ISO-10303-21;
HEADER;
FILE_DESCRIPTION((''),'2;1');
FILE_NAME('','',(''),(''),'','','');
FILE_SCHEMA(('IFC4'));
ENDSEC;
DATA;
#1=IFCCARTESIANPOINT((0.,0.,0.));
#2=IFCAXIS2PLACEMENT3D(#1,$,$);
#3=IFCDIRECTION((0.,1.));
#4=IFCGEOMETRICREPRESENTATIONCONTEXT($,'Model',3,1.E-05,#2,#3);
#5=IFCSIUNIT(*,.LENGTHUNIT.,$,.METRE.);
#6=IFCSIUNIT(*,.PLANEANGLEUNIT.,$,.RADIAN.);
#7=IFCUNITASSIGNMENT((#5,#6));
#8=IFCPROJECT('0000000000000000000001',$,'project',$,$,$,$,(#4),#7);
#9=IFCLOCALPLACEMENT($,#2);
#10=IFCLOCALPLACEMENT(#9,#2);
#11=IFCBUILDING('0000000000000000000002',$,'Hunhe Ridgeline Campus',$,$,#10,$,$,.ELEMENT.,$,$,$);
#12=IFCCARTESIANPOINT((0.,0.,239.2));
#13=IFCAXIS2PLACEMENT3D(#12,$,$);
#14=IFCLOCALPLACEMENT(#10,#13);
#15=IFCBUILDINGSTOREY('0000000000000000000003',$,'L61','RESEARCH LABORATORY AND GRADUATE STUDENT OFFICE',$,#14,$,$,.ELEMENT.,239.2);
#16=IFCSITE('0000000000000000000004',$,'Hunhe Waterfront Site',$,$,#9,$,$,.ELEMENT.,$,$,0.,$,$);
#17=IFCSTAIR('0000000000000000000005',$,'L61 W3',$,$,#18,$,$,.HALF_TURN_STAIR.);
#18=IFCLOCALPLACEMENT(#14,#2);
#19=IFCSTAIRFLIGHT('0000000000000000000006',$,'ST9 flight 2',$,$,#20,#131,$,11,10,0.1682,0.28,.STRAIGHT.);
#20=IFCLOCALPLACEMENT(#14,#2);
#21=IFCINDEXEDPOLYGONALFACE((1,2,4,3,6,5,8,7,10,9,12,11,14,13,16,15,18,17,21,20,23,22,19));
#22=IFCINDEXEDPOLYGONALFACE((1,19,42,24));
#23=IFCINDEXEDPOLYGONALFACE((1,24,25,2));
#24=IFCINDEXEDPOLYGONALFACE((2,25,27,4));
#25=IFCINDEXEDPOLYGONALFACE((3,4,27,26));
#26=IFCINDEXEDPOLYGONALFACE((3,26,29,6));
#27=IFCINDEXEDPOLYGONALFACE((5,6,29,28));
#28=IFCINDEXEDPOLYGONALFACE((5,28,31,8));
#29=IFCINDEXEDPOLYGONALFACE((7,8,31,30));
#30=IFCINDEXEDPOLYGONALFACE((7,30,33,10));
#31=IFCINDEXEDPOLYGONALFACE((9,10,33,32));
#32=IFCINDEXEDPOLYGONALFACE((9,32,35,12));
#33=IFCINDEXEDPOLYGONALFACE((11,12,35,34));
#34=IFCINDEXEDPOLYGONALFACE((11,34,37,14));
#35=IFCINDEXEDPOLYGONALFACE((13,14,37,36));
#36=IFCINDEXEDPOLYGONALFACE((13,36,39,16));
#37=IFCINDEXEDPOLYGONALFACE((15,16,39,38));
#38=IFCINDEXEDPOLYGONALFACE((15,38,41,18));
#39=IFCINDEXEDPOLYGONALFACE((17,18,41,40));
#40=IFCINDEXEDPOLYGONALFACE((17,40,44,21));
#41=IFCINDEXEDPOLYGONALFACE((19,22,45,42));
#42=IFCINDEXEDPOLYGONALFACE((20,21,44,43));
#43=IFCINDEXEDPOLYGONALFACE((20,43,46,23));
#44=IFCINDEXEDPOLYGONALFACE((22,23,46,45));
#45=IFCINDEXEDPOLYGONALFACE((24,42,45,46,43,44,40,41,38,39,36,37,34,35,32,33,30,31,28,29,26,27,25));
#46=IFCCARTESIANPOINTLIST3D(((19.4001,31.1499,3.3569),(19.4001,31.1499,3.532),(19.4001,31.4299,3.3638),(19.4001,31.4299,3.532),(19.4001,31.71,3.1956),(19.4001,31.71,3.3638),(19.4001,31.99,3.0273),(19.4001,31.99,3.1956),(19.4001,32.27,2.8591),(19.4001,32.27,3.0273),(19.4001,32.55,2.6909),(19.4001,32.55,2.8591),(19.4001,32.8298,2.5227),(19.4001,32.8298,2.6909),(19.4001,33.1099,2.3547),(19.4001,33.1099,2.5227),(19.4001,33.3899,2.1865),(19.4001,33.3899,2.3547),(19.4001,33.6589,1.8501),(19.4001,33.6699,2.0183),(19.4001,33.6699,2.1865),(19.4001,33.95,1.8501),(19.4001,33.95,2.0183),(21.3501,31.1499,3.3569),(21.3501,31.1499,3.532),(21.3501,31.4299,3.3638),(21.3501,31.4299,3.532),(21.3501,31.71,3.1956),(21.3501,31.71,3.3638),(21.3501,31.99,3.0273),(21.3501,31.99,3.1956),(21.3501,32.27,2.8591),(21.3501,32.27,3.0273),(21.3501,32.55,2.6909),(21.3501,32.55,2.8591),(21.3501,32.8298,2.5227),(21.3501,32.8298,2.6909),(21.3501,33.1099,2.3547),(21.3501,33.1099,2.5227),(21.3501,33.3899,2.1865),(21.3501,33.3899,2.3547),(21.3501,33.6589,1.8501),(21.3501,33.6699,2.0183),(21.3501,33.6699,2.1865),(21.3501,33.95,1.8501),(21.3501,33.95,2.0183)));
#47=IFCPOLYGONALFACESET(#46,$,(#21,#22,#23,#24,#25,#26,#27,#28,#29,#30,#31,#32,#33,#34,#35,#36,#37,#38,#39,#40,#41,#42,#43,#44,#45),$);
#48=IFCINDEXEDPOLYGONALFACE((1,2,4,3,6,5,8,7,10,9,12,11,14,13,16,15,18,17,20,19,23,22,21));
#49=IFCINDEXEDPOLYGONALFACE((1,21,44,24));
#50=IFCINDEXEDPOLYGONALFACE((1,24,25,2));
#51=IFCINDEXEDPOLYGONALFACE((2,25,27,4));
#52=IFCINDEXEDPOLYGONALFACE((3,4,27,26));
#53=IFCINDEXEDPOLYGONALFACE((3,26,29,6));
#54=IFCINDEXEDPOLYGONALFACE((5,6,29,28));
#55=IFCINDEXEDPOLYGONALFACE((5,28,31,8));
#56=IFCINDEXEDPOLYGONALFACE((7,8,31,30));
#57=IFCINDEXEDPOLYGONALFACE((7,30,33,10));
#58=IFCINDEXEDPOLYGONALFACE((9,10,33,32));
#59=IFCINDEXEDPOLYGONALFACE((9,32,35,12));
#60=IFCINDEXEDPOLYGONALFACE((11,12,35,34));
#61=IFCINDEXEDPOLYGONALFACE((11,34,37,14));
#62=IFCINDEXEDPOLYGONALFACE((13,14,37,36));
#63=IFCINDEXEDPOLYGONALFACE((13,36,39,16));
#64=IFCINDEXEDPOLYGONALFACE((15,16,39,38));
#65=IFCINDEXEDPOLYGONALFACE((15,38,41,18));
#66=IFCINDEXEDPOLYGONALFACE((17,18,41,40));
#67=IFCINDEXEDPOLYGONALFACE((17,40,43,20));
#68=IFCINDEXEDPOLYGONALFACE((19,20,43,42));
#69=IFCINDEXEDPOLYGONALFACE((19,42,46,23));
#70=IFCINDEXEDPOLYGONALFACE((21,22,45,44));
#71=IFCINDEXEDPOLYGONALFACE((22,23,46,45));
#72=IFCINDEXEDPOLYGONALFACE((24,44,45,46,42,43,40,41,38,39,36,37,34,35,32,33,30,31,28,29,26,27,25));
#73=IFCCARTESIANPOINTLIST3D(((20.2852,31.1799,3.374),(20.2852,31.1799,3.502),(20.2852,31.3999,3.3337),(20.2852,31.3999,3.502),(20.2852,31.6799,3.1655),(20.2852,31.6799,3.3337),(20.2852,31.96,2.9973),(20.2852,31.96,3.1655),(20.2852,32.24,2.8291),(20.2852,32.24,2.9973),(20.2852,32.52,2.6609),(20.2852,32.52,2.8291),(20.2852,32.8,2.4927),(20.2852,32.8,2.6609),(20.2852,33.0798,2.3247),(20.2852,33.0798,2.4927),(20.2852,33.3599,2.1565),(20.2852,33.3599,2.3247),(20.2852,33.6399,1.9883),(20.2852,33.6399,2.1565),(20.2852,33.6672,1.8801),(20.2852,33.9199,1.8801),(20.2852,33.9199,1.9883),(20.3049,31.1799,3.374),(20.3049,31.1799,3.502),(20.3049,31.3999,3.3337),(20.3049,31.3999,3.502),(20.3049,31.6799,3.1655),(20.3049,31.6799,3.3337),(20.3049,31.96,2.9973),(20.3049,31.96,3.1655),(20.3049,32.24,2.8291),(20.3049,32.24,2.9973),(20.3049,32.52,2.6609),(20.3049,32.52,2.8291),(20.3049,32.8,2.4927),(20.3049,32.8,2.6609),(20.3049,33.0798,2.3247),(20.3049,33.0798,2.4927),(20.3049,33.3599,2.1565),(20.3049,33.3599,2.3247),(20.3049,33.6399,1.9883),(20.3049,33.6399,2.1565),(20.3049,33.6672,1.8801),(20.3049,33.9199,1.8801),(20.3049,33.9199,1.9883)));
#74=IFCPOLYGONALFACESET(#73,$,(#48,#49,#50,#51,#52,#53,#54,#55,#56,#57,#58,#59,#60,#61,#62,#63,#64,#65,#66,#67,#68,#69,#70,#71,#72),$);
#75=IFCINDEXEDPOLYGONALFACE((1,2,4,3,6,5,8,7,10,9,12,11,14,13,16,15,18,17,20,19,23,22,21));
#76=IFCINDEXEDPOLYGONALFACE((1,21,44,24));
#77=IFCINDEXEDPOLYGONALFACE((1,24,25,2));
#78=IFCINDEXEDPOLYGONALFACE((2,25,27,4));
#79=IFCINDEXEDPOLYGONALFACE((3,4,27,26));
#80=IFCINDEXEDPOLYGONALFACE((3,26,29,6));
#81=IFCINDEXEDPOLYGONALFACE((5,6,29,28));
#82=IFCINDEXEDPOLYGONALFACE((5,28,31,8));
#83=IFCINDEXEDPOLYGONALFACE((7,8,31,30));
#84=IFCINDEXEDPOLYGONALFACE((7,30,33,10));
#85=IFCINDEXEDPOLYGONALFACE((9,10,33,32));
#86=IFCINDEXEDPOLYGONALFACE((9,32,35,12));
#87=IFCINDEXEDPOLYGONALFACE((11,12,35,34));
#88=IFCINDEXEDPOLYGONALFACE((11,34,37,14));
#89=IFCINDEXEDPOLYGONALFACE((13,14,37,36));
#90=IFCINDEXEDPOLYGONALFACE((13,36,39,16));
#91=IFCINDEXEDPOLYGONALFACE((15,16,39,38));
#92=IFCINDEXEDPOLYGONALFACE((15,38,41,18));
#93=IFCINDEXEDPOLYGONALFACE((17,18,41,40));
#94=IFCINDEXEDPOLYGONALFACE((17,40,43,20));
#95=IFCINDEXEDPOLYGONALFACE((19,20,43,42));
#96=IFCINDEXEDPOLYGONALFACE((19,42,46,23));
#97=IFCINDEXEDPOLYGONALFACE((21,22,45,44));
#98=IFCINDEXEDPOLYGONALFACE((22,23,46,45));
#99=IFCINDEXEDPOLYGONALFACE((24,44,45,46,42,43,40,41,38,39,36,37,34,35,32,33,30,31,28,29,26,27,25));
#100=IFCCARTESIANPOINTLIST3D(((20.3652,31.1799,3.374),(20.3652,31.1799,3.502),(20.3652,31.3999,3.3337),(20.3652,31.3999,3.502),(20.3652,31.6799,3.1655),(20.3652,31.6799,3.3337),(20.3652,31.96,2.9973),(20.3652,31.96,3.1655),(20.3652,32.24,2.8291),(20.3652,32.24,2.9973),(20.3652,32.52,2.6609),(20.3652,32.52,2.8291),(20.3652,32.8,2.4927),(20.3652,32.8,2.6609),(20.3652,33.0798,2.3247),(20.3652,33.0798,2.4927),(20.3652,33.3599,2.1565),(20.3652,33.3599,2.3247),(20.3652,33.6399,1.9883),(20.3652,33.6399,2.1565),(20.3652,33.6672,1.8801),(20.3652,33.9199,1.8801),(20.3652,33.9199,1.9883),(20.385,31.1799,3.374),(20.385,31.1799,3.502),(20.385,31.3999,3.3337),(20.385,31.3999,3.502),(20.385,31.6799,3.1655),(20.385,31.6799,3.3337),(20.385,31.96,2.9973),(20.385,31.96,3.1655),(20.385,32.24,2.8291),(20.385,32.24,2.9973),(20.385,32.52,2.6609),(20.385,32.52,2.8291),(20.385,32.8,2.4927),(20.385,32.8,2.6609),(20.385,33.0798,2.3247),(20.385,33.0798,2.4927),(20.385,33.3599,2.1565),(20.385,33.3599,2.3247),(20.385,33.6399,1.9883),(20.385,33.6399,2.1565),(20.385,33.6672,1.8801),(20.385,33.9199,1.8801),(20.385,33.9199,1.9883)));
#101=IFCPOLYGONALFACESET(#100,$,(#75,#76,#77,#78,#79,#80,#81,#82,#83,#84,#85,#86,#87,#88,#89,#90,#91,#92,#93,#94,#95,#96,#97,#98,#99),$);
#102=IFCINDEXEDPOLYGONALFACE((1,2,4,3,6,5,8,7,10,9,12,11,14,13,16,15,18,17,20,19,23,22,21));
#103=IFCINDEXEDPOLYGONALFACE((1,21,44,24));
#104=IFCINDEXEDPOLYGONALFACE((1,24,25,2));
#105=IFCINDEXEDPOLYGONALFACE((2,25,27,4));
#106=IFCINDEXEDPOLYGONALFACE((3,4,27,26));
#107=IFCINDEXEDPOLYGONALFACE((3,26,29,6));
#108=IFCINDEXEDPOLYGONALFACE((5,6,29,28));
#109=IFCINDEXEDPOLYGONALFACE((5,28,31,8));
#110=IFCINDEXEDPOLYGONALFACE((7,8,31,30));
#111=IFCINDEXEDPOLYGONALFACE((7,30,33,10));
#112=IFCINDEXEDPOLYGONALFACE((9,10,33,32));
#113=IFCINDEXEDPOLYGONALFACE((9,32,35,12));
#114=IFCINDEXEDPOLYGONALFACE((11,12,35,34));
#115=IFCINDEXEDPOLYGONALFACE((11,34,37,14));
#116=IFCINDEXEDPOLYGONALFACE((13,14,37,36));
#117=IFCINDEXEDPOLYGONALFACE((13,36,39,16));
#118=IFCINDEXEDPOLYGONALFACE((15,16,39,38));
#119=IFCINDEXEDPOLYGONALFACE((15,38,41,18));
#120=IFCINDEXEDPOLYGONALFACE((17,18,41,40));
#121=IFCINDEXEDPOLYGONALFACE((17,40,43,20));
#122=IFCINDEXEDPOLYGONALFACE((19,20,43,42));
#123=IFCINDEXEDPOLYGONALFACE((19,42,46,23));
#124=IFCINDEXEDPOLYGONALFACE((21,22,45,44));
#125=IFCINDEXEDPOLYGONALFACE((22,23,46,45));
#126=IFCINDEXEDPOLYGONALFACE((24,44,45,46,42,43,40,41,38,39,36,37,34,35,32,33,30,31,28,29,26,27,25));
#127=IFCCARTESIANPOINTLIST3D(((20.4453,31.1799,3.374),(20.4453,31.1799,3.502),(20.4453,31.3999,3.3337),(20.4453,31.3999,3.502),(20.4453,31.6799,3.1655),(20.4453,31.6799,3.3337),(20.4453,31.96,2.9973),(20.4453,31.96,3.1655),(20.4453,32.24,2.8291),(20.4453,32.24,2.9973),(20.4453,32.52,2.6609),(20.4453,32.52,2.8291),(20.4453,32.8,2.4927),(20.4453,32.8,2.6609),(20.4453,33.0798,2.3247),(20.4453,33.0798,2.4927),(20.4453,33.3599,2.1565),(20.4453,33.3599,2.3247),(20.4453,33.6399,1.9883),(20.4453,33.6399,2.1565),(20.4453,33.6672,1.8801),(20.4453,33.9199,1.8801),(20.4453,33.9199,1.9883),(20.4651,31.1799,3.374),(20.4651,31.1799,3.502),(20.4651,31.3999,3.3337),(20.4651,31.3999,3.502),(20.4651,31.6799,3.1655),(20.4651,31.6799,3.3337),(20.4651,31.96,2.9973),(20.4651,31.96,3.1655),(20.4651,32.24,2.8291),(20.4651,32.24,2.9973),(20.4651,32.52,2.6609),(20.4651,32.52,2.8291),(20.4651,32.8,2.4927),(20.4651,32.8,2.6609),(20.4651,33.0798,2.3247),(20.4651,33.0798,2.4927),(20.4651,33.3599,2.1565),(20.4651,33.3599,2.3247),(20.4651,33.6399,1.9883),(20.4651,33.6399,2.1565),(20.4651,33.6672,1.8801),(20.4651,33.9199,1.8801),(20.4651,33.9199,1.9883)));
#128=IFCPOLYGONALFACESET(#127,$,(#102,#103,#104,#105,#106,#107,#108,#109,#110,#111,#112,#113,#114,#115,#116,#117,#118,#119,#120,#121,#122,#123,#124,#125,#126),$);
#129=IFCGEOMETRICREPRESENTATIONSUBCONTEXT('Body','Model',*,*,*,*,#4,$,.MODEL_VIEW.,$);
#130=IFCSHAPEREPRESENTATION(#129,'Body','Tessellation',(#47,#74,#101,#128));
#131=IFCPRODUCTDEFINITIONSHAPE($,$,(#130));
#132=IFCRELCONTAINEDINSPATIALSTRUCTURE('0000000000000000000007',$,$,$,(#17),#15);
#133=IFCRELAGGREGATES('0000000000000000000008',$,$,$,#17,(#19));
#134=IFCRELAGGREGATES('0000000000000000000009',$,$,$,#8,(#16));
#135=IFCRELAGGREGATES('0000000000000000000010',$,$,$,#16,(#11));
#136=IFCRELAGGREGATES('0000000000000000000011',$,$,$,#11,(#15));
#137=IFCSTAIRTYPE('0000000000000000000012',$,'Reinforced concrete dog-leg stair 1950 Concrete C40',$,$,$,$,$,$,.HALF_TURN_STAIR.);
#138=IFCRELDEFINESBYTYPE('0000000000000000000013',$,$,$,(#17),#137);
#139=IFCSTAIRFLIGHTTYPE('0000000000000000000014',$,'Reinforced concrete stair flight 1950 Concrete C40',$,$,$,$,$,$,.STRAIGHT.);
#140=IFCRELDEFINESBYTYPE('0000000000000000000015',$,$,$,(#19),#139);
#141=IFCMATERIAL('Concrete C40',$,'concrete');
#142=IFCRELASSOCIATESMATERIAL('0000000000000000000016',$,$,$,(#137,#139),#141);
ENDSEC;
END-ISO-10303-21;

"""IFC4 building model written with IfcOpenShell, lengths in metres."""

from ifc_helpers import new_model, si_unit, direction, frame, origin, place, context, subcontext, project, spatial, polyline, outline, extrude, material, type_object, element, aggregate, save


model = new_model("IFC4")

# Units and contexts
model_context = context("Model", 3, precision=1e-05, world=origin(), true_north=direction((0.0, 1.0)))
body_context = subcontext(model_context, "Body", "Model", "MODEL_VIEW")
ifc_project = project(units=[si_unit("LENGTHUNIT", "METRE"), si_unit("PLANEANGLEUNIT", "RADIAN")], contexts=[model_context])

# Site, building, storey
site_placement = place(None, origin())
site = spatial("IfcSite", under=ifc_project, at=site_placement, Name="Hunhe Waterfront Site", CompositionType="ELEMENT", RefElevation=0.0)
building_placement = place(site_placement, origin())
building = spatial("IfcBuilding", under=site, at=building_placement, Name="Hunhe Ridgeline Campus", CompositionType="ELEMENT")
storey_placement = place(building_placement, frame((0.0, 0.0, 239.2)))
storey = spatial("IfcBuildingStorey", under=building, at=storey_placement, Name="L61", Description="RESEARCH LABORATORY AND GRADUATE STUDENT OFFICE", CompositionType="ELEMENT", Elevation=239.2)

# Stair, stair flight
ifc_material_1 = material(Name="Concrete C40", Category="concrete")
stair_type = type_object("IfcStairType", Name="Reinforced concrete dog-leg stair 1950 Concrete C40", PredefinedType="HALF_TURN_STAIR", material=ifc_material_1)
stair_placement = place(storey_placement, origin())
stair = element("IfcStair", 1, at=stair_placement, inside=storey, type_object=stair_type, Name="L61 W3", PredefinedType="HALF_TURN_STAIR")
stair_flight_type = type_object("IfcStairFlightType", Name="Reinforced concrete stair flight 1950 Concrete C40", PredefinedType="STRAIGHT", material=ifc_material_1)
stair_flight_1_placement = place(storey_placement, frame((20.375, 33.95, 1.8501), z_axis=(0.0, 0.0, 1.0), x_axis=(0.0, -1.0, 0.0)))
stair_flight_1 = element("IfcStairFlight", 2, at=stair_flight_1_placement, type_object=stair_flight_type, Name="ST9 flight 2", NumberOfRisers=11, NumberOfTreads=10, PredefinedType="STRAIGHT", RiserHeight=0.1682, TreadLength=0.28, context=body_context, shape_type="SweptSolid", body=[
    extrude(outline(polyline([(0.0, 0.0), (0.0, 0.1682), (0.28, 0.1682), (0.28, 0.3364), (0.5601, 0.3364), (0.5601, 0.5046), (0.8401, 0.5046), (0.8401, 0.6726), (1.1201, 0.6726), (1.1201, 0.8408), (1.3999, 0.8408), (1.3999, 1.009), (1.6799, 1.009), (1.6799, 1.1772), (1.96, 1.1772), (1.96, 1.3455), (2.24, 1.3455), (2.24, 1.5137), (2.52, 1.5137), (2.52, 1.6819), (2.8, 1.6819), (2.8, 1.8501), (2.8, 1.5068), (0.291, 0.0), (0.0, 0.0)])), frame((0.0, 0.9751, 0.0), z_axis=(0.0, -1.0, 0.0), x_axis=(1.0, 0.0, 0.0)), (0.0, 0.0, 1.0), 1.95),
    extrude(outline(polyline([(0.03, 0.03), (0.03, 0.1382), (0.3101, 0.1382), (0.3101, 0.3064), (0.5901, 0.3064), (0.5901, 0.4746), (0.8701, 0.4746), (0.8701, 0.6426), (1.1499, 0.6426), (1.1499, 0.8108), (1.4299, 0.8108), (1.4299, 0.979), (1.71, 0.979), (1.71, 1.1472), (1.99, 1.1472), (1.99, 1.3154), (2.27, 1.3154), (2.27, 1.4836), (2.55, 1.4836), (2.55, 1.6519), (2.77, 1.6519), (2.77, 1.5239), (0.2827, 0.03), (0.03, 0.03)])), frame((0.0, -0.0701, 0.0), z_axis=(0.0, -1.0, 0.0), x_axis=(1.0, 0.0, 0.0)), (0.0, 0.0, 1.0), 0.0198),
    extrude(outline(polyline([(0.03, 0.03), (0.03, 0.1382), (0.3101, 0.1382), (0.3101, 0.3064), (0.5901, 0.3064), (0.5901, 0.4746), (0.8701, 0.4746), (0.8701, 0.6426), (1.1499, 0.6426), (1.1499, 0.8108), (1.4299, 0.8108), (1.4299, 0.979), (1.71, 0.979), (1.71, 1.1472), (1.99, 1.1472), (1.99, 1.3154), (2.27, 1.3154), (2.27, 1.4836), (2.55, 1.4836), (2.55, 1.6519), (2.77, 1.6519), (2.77, 1.5239), (0.2827, 0.03), (0.03, 0.03)])), frame((0.0, 0.01, 0.0), z_axis=(0.0, -1.0, 0.0), x_axis=(1.0, 0.0, 0.0)), (0.0, 0.0, 1.0), 0.0198),
    extrude(outline(polyline([(0.03, 0.03), (0.03, 0.1382), (0.3101, 0.1382), (0.3101, 0.3064), (0.5901, 0.3064), (0.5901, 0.4746), (0.8701, 0.4746), (0.8701, 0.6426), (1.1499, 0.6426), (1.1499, 0.8108), (1.4299, 0.8108), (1.4299, 0.979), (1.71, 0.979), (1.71, 1.1472), (1.99, 1.1472), (1.99, 1.3154), (2.27, 1.3154), (2.27, 1.4836), (2.55, 1.4836), (2.55, 1.6519), (2.77, 1.6519), (2.77, 1.5239), (0.2827, 0.03), (0.03, 0.03)])), frame((0.0, 0.0901, 0.0), z_axis=(0.0, -1.0, 0.0), x_axis=(1.0, 0.0, 0.0)), (0.0, 0.0, 1.0), 0.0198),
])
aggregate(stair, [stair_flight_1])

save(model, "model.ifc")
